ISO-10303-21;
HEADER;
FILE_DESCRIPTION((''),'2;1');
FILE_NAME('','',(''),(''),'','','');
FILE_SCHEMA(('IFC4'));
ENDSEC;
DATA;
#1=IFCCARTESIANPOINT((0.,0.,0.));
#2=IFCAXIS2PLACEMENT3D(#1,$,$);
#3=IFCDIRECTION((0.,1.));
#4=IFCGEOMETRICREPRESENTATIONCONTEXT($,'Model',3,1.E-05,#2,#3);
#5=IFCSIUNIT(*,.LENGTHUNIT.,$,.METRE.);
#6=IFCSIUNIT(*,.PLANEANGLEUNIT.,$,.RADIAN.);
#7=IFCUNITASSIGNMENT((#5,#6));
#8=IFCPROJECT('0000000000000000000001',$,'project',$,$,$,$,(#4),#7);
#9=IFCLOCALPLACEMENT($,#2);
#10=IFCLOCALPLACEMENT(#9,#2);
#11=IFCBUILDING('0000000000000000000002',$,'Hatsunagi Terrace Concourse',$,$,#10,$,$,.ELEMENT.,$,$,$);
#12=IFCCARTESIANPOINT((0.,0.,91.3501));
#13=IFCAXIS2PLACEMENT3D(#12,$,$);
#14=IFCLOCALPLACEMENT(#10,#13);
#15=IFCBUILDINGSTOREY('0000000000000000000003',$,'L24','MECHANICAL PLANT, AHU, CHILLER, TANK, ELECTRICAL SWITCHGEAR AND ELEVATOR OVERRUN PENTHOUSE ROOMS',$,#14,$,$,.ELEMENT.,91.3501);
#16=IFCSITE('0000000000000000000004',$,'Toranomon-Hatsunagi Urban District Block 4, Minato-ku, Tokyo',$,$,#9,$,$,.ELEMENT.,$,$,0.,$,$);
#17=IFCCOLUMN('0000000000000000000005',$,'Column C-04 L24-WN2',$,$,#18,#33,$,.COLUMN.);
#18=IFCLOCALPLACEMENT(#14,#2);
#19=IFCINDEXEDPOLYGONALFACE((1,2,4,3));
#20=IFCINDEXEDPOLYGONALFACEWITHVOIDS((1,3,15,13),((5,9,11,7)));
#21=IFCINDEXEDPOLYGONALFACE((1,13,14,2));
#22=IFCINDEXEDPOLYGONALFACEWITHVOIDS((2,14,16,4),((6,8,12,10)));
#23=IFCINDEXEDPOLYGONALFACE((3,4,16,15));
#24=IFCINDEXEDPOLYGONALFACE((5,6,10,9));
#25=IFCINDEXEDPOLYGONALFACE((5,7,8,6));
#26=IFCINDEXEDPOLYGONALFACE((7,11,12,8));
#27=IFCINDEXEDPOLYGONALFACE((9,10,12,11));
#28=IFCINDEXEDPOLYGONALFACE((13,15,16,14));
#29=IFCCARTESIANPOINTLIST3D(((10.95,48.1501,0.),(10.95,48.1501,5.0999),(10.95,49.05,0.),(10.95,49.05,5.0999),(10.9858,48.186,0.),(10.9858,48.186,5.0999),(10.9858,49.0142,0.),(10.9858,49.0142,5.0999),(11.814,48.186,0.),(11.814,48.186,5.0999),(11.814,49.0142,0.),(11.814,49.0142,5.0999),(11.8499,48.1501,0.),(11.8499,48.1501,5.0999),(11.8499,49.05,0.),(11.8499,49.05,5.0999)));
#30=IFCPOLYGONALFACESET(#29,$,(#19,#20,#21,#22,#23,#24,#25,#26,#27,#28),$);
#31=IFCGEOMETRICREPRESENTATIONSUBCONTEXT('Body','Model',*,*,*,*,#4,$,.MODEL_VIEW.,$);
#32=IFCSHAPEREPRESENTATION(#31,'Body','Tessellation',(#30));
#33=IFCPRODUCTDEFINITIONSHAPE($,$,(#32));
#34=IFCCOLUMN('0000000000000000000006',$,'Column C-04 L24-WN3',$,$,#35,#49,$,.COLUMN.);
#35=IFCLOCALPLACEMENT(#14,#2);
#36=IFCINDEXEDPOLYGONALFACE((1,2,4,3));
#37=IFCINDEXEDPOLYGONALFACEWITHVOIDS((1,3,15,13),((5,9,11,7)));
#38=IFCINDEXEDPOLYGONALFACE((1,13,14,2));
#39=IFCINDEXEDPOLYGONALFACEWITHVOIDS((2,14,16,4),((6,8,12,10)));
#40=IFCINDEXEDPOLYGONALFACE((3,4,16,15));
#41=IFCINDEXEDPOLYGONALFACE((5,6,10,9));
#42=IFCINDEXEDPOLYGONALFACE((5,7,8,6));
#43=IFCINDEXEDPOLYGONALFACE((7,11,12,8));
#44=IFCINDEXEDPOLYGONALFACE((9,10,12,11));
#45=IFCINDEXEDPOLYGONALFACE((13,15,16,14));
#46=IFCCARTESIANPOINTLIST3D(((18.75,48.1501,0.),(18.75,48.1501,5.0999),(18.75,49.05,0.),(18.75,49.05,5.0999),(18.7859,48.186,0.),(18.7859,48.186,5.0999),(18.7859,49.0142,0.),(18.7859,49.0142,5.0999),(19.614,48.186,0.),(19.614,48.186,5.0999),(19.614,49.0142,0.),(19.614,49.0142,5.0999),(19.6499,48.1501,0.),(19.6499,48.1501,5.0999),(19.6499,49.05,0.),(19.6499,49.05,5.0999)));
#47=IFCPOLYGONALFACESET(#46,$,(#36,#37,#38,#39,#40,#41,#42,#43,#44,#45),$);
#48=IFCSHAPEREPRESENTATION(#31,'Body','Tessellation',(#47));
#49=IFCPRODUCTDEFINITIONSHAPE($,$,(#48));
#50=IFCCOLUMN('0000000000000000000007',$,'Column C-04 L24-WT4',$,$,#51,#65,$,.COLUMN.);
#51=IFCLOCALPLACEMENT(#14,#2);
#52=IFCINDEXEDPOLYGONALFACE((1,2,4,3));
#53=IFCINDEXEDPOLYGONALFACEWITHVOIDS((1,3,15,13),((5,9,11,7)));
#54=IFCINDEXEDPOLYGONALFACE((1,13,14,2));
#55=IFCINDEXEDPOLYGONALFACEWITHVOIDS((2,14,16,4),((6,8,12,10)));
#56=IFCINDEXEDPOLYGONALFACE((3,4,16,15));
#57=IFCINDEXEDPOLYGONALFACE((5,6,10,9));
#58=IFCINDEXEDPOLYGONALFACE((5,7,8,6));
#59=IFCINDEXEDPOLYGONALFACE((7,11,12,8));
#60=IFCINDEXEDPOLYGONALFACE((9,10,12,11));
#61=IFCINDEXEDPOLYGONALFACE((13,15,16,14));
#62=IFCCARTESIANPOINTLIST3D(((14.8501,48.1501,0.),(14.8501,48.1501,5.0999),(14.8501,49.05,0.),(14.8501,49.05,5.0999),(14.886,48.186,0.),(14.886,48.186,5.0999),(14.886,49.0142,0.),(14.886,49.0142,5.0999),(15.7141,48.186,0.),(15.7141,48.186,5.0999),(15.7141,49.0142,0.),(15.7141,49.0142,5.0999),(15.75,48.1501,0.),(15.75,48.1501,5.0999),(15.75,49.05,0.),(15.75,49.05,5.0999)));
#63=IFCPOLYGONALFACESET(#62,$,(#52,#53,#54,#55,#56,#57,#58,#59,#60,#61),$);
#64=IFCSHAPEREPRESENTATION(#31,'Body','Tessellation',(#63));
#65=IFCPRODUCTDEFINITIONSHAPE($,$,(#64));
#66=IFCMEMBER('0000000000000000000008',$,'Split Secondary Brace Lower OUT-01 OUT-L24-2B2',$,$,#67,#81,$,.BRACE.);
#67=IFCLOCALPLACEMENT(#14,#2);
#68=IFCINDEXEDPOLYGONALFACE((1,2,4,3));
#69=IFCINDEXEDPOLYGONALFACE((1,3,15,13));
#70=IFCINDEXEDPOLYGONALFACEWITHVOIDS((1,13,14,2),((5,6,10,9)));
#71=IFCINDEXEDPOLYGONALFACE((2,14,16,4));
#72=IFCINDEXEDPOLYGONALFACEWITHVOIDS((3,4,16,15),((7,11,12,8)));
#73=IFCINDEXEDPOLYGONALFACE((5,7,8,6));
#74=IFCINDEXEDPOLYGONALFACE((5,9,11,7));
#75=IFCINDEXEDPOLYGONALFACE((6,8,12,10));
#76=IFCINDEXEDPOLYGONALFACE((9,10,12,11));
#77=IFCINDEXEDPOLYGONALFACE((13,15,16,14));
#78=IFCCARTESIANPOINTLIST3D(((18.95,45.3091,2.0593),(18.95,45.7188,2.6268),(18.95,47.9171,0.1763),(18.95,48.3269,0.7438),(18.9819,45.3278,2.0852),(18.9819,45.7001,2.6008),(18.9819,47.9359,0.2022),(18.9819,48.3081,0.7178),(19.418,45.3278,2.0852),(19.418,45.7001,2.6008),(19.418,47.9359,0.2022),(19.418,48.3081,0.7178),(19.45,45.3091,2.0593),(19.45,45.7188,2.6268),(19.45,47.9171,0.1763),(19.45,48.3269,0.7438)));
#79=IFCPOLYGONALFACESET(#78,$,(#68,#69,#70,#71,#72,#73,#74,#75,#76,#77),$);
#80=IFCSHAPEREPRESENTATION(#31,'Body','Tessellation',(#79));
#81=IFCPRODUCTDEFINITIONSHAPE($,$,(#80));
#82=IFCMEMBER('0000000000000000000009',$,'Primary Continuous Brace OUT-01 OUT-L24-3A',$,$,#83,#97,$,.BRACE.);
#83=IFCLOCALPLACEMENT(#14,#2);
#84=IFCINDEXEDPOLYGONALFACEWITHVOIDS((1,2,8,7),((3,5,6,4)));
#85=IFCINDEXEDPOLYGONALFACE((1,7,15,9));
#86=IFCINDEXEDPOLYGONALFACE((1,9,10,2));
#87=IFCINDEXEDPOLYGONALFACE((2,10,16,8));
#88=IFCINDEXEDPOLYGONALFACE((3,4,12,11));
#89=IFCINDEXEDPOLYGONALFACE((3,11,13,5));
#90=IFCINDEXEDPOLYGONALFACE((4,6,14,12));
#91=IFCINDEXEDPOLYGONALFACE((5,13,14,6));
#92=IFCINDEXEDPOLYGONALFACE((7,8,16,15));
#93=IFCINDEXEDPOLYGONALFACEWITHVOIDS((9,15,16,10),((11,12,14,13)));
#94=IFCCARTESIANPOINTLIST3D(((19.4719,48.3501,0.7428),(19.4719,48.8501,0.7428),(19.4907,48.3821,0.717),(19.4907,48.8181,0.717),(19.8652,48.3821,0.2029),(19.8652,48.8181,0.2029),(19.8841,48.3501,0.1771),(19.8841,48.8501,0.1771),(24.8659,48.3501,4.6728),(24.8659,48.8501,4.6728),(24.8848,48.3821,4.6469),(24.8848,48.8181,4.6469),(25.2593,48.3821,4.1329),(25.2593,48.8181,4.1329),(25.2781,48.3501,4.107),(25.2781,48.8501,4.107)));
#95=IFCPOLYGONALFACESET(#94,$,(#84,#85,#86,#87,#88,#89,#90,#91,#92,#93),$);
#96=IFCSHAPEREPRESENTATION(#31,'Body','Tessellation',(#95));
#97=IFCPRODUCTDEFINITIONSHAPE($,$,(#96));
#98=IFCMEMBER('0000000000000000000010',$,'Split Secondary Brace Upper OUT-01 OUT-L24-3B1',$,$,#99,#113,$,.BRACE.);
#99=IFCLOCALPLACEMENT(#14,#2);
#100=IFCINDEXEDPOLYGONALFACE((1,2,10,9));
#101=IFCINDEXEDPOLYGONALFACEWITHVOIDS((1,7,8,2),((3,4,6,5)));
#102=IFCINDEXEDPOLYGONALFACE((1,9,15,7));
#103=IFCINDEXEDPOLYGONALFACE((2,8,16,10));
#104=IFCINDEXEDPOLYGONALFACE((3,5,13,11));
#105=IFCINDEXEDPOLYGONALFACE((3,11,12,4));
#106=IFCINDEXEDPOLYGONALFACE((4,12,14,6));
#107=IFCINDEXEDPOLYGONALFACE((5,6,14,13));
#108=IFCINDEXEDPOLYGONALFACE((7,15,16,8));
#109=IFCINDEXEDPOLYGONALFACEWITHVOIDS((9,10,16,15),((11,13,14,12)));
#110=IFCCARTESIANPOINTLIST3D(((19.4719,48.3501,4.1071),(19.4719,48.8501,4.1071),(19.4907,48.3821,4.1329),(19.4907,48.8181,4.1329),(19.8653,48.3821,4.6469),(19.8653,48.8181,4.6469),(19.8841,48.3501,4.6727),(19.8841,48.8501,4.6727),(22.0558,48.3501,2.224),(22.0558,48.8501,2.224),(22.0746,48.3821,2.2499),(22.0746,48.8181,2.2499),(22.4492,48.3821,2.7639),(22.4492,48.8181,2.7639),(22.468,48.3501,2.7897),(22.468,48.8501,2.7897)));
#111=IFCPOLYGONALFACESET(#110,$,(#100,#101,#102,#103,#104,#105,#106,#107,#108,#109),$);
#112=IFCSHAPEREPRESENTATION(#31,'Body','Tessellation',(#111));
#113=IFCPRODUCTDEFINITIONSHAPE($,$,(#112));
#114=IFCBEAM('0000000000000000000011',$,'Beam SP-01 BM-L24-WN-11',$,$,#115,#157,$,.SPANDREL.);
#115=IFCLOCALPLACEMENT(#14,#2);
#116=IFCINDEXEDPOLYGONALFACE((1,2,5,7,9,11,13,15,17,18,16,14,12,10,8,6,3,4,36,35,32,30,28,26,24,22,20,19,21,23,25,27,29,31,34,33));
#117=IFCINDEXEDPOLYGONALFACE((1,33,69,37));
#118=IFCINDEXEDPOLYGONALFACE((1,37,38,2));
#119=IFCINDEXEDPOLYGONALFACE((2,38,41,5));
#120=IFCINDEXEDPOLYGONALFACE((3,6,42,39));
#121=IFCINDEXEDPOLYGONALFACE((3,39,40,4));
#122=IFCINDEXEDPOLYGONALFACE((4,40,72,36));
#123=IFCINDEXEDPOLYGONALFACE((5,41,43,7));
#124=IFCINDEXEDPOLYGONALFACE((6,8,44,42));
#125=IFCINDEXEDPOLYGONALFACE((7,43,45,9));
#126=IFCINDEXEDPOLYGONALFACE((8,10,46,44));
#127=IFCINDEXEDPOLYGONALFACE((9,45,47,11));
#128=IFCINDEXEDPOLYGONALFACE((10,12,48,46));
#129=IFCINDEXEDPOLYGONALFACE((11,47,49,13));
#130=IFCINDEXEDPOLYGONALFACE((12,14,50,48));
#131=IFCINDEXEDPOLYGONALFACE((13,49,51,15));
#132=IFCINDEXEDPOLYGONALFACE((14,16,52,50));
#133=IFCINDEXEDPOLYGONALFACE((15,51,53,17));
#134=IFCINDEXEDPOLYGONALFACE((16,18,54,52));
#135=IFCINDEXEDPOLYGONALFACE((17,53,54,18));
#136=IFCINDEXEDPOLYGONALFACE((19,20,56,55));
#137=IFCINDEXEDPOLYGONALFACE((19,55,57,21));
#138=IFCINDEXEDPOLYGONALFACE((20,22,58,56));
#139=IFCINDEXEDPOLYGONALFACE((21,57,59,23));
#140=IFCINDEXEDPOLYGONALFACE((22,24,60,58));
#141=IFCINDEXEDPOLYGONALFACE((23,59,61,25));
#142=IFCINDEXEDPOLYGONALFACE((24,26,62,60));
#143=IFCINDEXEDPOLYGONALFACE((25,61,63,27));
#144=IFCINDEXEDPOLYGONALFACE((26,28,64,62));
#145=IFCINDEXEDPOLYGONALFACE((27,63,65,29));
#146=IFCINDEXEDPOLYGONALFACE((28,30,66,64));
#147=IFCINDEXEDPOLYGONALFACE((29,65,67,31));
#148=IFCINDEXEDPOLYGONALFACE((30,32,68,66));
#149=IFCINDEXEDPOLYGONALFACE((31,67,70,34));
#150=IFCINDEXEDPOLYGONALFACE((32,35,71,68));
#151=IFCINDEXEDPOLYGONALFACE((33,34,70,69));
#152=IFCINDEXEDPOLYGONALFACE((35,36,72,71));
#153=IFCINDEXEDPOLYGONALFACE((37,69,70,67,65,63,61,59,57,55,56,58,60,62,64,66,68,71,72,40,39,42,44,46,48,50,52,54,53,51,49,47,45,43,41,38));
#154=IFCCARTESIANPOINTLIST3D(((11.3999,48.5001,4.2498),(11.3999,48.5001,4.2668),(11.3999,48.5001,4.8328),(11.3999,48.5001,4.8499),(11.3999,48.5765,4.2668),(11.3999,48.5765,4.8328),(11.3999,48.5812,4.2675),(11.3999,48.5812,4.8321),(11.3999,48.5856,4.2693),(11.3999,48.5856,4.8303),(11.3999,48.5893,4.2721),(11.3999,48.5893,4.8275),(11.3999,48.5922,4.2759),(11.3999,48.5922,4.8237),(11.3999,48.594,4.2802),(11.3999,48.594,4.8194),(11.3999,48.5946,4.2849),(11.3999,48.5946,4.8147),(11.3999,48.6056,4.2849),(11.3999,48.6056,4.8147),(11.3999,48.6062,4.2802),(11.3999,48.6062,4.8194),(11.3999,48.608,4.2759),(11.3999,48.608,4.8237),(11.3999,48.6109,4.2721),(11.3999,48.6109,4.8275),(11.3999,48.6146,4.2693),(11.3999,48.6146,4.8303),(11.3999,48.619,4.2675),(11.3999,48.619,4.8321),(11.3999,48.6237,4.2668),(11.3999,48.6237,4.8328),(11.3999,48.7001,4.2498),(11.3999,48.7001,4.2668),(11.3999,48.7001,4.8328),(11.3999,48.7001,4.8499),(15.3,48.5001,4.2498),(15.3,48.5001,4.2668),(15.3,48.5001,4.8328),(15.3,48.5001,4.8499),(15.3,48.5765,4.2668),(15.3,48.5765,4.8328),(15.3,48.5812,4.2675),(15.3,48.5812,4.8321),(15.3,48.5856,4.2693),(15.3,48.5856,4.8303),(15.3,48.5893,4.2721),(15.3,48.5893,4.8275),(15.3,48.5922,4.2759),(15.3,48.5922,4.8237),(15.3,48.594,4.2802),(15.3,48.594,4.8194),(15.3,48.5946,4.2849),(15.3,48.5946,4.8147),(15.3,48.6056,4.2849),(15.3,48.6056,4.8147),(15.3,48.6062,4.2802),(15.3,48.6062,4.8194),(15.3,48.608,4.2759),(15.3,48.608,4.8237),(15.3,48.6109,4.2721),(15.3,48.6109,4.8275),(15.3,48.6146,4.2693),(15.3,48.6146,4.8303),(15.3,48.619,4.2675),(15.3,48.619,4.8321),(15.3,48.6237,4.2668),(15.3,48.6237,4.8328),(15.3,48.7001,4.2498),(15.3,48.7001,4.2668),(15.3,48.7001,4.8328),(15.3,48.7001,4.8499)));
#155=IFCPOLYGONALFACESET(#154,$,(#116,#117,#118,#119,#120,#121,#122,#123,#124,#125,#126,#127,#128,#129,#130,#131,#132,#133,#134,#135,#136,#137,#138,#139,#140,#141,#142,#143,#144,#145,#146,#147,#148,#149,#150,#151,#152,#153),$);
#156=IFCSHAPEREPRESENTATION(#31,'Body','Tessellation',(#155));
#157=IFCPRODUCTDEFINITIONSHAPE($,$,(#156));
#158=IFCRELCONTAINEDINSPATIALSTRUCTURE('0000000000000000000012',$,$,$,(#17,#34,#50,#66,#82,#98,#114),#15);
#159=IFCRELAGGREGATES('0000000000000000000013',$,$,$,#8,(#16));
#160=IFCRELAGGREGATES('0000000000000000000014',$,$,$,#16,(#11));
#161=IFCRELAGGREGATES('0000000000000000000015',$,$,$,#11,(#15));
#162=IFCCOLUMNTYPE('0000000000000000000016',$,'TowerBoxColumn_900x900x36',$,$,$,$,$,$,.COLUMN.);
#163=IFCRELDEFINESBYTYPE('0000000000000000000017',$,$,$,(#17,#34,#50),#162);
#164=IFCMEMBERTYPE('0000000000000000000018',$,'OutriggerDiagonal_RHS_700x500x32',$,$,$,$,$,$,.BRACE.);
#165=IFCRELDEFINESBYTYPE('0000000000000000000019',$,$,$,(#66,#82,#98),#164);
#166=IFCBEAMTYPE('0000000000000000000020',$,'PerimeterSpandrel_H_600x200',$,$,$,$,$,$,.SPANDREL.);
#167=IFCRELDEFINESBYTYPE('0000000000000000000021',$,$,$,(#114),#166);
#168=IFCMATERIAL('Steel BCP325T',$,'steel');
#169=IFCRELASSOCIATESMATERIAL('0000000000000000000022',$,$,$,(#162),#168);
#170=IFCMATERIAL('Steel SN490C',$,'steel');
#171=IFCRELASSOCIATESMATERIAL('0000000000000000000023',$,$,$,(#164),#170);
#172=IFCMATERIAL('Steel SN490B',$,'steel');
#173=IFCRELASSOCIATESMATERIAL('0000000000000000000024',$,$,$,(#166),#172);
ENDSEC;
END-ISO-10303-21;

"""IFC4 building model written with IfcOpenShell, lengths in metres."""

from ifc_helpers import new_model, si_unit, direction, frame, origin, origin_2d, place, context, subcontext, project, spatial, hollow_rectangle, i_section, extrude, material, material_profile, profile_set, type_object, element, save


model = new_model("IFC4")

# Units and contexts
model_context = context("Model", 3, precision=1e-05, world=origin(), true_north=direction((0.0, 1.0)))
body_context = subcontext(model_context, "Body", "Model", "MODEL_VIEW")
ifc_project = project(units=[si_unit("LENGTHUNIT", "METRE"), si_unit("PLANEANGLEUNIT", "RADIAN")], contexts=[model_context])

# Site, building, storey
site_placement = place(None, origin())
site = spatial("IfcSite", under=ifc_project, at=site_placement, Name="Toranomon-Hatsunagi Urban District Block 4, Minato-ku, Tokyo", CompositionType="ELEMENT", RefElevation=0.0)
building_placement = place(site_placement, origin())
building = spatial("IfcBuilding", under=site, at=building_placement, Name="Hatsunagi Terrace Concourse", CompositionType="ELEMENT")
storey_placement = place(building_placement, frame((0.0, 0.0, 91.3501)))
storey = spatial("IfcBuildingStorey", under=building, at=storey_placement, Name="L24", Description="MECHANICAL PLANT, AHU, CHILLER, TANK, ELECTRICAL SWITCHGEAR AND ELEVATOR OVERRUN PENTHOUSE ROOMS", CompositionType="ELEMENT", Elevation=91.3501)

# Columns
ifc_material_1 = material(Name="Steel BCP325T", Category="steel")
ifc_material_profile_1 = material_profile(ifc_material_1, hollow_rectangle(XDim=0.8999, YDim=0.8999, WallThickness=0.0359, at=origin_2d()), Name="BCP-900x900x36")
ifc_profile_set_1 = profile_set([ifc_material_profile_1], Name="Steel BCP325T")
column_type = type_object("IfcColumnType", Name="TowerBoxColumn_900x900x36", PredefinedType="COLUMN", material=ifc_profile_set_1)
for number, where, z_axis, x_axis, name in (
    (1, (11.3999, 48.6001, 0.0), (0.0, 0.0, 1.0), (1.0, 0.0, 0.0), "Column C-04 L24-WN2"),
    (2, (19.2, 48.6001, 0.0), (0.0, 0.0, 1.0), (1.0, 0.0, 0.0), "Column C-04 L24-WN3"),
    (3, (15.3, 48.6001, 0.0), (0.0, 0.0, 1.0), (1.0, 0.0, 0.0), "Column C-04 L24-WT4"),
):
    element("IfcColumn", number, at=place(storey_placement, frame(where, z_axis=z_axis, x_axis=x_axis)), inside=storey, type_object=column_type, Name=name, PredefinedType="COLUMN", context=body_context, shape_type="SweptSolid", body=[
        extrude(hollow_rectangle(XDim=0.8999, YDim=0.8999, WallThickness=0.0359, at=origin_2d()), origin(), (0.0, 0.0, 1.0), 5.0999),
    ])

# Members
ifc_material_2 = material(Name="Steel SN490C", Category="steel")
ifc_material_profile_2 = material_profile(ifc_material_2, hollow_rectangle(XDim=0.5, YDim=0.7, WallThickness=0.032, at=origin_2d()), Name="RHS-700x500x32")
ifc_profile_set_2 = profile_set([ifc_material_profile_2], Name="Steel SN490C")
member_type = type_object("IfcMemberType", Name="OutriggerDiagonal_RHS_700x500x32", PredefinedType="BRACE", material=ifc_profile_set_2)
member_1_placement = place(storey_placement, frame((19.2, 45.5139, 2.343), z_axis=(0.0, 0.810769, -0.585366), x_axis=(-1.0, 0.0, 0.0)))
element("IfcMember", 4, at=member_1_placement, inside=storey, type_object=member_type, Name="Split Secondary Brace Lower OUT-01 OUT-L24-2B2", PredefinedType="BRACE", context=body_context, shape_type="SweptSolid", body=[
    extrude(hollow_rectangle(XDim=0.5, YDim=0.7, WallThickness=0.032, at=origin_2d()), origin(), (0.0, 0.0, 1.0), 3.2168),
])
member_2_placement = place(storey_placement, frame((19.678, 48.6001, 0.46), z_axis=(0.808237, 0.0, 0.588857), x_axis=(0.0, 1.0, 0.0)))
element("IfcMember", 5, at=member_2_placement, inside=storey, type_object=member_type, Name="Primary Continuous Brace OUT-01 OUT-L24-3A", PredefinedType="BRACE", context=body_context, shape_type="SweptSolid", body=[
    extrude(hollow_rectangle(XDim=0.5, YDim=0.7, WallThickness=0.032, at=origin_2d()), origin(), (0.0, 0.0, 1.0), 6.6738),
])
member_3_placement = place(storey_placement, frame((19.678, 48.6001, 4.3899), z_axis=(0.808171, 0.0, -0.588948), x_axis=(0.0, 1.0, 0.0)))
element("IfcMember", 6, at=member_3_placement, inside=storey, type_object=member_type, Name="Split Secondary Brace Upper OUT-01 OUT-L24-3B1", PredefinedType="BRACE", context=body_context, shape_type="SweptSolid", body=[
    extrude(hollow_rectangle(XDim=0.5, YDim=0.7, WallThickness=0.032, at=origin_2d()), origin(), (0.0, 0.0, 1.0), 3.1973),
])

# Beam
ifc_material_3 = material(Name="Steel SN490B", Category="steel")
ifc_material_profile_3 = material_profile(ifc_material_3, i_section(OverallWidth=0.2, OverallDepth=0.6001, WebThickness=0.011, FlangeThickness=0.0171, FilletRadius=0.0181, at=origin_2d()), Name="H-600x200x11x17")
ifc_profile_set_3 = profile_set([ifc_material_profile_3], Name="Steel SN490B")
beam_type_1 = type_object("IfcBeamType", Name="PerimeterSpandrel_H_600x200", PredefinedType="SPANDREL", material=ifc_profile_set_3)
beam_1_placement = place(storey_placement, frame((11.3999, 48.6001, 4.5498), z_axis=(1.0, 0.0, 0.0), x_axis=(0.0, 1.0, 0.0)))
element("IfcBeam", 7, at=beam_1_placement, inside=storey, type_object=beam_type_1, Name="Beam SP-01 BM-L24-WN-11", PredefinedType="SPANDREL", context=body_context, shape_type="SweptSolid", body=[
    extrude(i_section(OverallWidth=0.2, OverallDepth=0.6001, WebThickness=0.011, FlangeThickness=0.0171, FilletRadius=0.0181, at=origin_2d()), origin(), (0.0, 0.0, 1.0), 3.9001),
])

save(model, "model.ifc")
